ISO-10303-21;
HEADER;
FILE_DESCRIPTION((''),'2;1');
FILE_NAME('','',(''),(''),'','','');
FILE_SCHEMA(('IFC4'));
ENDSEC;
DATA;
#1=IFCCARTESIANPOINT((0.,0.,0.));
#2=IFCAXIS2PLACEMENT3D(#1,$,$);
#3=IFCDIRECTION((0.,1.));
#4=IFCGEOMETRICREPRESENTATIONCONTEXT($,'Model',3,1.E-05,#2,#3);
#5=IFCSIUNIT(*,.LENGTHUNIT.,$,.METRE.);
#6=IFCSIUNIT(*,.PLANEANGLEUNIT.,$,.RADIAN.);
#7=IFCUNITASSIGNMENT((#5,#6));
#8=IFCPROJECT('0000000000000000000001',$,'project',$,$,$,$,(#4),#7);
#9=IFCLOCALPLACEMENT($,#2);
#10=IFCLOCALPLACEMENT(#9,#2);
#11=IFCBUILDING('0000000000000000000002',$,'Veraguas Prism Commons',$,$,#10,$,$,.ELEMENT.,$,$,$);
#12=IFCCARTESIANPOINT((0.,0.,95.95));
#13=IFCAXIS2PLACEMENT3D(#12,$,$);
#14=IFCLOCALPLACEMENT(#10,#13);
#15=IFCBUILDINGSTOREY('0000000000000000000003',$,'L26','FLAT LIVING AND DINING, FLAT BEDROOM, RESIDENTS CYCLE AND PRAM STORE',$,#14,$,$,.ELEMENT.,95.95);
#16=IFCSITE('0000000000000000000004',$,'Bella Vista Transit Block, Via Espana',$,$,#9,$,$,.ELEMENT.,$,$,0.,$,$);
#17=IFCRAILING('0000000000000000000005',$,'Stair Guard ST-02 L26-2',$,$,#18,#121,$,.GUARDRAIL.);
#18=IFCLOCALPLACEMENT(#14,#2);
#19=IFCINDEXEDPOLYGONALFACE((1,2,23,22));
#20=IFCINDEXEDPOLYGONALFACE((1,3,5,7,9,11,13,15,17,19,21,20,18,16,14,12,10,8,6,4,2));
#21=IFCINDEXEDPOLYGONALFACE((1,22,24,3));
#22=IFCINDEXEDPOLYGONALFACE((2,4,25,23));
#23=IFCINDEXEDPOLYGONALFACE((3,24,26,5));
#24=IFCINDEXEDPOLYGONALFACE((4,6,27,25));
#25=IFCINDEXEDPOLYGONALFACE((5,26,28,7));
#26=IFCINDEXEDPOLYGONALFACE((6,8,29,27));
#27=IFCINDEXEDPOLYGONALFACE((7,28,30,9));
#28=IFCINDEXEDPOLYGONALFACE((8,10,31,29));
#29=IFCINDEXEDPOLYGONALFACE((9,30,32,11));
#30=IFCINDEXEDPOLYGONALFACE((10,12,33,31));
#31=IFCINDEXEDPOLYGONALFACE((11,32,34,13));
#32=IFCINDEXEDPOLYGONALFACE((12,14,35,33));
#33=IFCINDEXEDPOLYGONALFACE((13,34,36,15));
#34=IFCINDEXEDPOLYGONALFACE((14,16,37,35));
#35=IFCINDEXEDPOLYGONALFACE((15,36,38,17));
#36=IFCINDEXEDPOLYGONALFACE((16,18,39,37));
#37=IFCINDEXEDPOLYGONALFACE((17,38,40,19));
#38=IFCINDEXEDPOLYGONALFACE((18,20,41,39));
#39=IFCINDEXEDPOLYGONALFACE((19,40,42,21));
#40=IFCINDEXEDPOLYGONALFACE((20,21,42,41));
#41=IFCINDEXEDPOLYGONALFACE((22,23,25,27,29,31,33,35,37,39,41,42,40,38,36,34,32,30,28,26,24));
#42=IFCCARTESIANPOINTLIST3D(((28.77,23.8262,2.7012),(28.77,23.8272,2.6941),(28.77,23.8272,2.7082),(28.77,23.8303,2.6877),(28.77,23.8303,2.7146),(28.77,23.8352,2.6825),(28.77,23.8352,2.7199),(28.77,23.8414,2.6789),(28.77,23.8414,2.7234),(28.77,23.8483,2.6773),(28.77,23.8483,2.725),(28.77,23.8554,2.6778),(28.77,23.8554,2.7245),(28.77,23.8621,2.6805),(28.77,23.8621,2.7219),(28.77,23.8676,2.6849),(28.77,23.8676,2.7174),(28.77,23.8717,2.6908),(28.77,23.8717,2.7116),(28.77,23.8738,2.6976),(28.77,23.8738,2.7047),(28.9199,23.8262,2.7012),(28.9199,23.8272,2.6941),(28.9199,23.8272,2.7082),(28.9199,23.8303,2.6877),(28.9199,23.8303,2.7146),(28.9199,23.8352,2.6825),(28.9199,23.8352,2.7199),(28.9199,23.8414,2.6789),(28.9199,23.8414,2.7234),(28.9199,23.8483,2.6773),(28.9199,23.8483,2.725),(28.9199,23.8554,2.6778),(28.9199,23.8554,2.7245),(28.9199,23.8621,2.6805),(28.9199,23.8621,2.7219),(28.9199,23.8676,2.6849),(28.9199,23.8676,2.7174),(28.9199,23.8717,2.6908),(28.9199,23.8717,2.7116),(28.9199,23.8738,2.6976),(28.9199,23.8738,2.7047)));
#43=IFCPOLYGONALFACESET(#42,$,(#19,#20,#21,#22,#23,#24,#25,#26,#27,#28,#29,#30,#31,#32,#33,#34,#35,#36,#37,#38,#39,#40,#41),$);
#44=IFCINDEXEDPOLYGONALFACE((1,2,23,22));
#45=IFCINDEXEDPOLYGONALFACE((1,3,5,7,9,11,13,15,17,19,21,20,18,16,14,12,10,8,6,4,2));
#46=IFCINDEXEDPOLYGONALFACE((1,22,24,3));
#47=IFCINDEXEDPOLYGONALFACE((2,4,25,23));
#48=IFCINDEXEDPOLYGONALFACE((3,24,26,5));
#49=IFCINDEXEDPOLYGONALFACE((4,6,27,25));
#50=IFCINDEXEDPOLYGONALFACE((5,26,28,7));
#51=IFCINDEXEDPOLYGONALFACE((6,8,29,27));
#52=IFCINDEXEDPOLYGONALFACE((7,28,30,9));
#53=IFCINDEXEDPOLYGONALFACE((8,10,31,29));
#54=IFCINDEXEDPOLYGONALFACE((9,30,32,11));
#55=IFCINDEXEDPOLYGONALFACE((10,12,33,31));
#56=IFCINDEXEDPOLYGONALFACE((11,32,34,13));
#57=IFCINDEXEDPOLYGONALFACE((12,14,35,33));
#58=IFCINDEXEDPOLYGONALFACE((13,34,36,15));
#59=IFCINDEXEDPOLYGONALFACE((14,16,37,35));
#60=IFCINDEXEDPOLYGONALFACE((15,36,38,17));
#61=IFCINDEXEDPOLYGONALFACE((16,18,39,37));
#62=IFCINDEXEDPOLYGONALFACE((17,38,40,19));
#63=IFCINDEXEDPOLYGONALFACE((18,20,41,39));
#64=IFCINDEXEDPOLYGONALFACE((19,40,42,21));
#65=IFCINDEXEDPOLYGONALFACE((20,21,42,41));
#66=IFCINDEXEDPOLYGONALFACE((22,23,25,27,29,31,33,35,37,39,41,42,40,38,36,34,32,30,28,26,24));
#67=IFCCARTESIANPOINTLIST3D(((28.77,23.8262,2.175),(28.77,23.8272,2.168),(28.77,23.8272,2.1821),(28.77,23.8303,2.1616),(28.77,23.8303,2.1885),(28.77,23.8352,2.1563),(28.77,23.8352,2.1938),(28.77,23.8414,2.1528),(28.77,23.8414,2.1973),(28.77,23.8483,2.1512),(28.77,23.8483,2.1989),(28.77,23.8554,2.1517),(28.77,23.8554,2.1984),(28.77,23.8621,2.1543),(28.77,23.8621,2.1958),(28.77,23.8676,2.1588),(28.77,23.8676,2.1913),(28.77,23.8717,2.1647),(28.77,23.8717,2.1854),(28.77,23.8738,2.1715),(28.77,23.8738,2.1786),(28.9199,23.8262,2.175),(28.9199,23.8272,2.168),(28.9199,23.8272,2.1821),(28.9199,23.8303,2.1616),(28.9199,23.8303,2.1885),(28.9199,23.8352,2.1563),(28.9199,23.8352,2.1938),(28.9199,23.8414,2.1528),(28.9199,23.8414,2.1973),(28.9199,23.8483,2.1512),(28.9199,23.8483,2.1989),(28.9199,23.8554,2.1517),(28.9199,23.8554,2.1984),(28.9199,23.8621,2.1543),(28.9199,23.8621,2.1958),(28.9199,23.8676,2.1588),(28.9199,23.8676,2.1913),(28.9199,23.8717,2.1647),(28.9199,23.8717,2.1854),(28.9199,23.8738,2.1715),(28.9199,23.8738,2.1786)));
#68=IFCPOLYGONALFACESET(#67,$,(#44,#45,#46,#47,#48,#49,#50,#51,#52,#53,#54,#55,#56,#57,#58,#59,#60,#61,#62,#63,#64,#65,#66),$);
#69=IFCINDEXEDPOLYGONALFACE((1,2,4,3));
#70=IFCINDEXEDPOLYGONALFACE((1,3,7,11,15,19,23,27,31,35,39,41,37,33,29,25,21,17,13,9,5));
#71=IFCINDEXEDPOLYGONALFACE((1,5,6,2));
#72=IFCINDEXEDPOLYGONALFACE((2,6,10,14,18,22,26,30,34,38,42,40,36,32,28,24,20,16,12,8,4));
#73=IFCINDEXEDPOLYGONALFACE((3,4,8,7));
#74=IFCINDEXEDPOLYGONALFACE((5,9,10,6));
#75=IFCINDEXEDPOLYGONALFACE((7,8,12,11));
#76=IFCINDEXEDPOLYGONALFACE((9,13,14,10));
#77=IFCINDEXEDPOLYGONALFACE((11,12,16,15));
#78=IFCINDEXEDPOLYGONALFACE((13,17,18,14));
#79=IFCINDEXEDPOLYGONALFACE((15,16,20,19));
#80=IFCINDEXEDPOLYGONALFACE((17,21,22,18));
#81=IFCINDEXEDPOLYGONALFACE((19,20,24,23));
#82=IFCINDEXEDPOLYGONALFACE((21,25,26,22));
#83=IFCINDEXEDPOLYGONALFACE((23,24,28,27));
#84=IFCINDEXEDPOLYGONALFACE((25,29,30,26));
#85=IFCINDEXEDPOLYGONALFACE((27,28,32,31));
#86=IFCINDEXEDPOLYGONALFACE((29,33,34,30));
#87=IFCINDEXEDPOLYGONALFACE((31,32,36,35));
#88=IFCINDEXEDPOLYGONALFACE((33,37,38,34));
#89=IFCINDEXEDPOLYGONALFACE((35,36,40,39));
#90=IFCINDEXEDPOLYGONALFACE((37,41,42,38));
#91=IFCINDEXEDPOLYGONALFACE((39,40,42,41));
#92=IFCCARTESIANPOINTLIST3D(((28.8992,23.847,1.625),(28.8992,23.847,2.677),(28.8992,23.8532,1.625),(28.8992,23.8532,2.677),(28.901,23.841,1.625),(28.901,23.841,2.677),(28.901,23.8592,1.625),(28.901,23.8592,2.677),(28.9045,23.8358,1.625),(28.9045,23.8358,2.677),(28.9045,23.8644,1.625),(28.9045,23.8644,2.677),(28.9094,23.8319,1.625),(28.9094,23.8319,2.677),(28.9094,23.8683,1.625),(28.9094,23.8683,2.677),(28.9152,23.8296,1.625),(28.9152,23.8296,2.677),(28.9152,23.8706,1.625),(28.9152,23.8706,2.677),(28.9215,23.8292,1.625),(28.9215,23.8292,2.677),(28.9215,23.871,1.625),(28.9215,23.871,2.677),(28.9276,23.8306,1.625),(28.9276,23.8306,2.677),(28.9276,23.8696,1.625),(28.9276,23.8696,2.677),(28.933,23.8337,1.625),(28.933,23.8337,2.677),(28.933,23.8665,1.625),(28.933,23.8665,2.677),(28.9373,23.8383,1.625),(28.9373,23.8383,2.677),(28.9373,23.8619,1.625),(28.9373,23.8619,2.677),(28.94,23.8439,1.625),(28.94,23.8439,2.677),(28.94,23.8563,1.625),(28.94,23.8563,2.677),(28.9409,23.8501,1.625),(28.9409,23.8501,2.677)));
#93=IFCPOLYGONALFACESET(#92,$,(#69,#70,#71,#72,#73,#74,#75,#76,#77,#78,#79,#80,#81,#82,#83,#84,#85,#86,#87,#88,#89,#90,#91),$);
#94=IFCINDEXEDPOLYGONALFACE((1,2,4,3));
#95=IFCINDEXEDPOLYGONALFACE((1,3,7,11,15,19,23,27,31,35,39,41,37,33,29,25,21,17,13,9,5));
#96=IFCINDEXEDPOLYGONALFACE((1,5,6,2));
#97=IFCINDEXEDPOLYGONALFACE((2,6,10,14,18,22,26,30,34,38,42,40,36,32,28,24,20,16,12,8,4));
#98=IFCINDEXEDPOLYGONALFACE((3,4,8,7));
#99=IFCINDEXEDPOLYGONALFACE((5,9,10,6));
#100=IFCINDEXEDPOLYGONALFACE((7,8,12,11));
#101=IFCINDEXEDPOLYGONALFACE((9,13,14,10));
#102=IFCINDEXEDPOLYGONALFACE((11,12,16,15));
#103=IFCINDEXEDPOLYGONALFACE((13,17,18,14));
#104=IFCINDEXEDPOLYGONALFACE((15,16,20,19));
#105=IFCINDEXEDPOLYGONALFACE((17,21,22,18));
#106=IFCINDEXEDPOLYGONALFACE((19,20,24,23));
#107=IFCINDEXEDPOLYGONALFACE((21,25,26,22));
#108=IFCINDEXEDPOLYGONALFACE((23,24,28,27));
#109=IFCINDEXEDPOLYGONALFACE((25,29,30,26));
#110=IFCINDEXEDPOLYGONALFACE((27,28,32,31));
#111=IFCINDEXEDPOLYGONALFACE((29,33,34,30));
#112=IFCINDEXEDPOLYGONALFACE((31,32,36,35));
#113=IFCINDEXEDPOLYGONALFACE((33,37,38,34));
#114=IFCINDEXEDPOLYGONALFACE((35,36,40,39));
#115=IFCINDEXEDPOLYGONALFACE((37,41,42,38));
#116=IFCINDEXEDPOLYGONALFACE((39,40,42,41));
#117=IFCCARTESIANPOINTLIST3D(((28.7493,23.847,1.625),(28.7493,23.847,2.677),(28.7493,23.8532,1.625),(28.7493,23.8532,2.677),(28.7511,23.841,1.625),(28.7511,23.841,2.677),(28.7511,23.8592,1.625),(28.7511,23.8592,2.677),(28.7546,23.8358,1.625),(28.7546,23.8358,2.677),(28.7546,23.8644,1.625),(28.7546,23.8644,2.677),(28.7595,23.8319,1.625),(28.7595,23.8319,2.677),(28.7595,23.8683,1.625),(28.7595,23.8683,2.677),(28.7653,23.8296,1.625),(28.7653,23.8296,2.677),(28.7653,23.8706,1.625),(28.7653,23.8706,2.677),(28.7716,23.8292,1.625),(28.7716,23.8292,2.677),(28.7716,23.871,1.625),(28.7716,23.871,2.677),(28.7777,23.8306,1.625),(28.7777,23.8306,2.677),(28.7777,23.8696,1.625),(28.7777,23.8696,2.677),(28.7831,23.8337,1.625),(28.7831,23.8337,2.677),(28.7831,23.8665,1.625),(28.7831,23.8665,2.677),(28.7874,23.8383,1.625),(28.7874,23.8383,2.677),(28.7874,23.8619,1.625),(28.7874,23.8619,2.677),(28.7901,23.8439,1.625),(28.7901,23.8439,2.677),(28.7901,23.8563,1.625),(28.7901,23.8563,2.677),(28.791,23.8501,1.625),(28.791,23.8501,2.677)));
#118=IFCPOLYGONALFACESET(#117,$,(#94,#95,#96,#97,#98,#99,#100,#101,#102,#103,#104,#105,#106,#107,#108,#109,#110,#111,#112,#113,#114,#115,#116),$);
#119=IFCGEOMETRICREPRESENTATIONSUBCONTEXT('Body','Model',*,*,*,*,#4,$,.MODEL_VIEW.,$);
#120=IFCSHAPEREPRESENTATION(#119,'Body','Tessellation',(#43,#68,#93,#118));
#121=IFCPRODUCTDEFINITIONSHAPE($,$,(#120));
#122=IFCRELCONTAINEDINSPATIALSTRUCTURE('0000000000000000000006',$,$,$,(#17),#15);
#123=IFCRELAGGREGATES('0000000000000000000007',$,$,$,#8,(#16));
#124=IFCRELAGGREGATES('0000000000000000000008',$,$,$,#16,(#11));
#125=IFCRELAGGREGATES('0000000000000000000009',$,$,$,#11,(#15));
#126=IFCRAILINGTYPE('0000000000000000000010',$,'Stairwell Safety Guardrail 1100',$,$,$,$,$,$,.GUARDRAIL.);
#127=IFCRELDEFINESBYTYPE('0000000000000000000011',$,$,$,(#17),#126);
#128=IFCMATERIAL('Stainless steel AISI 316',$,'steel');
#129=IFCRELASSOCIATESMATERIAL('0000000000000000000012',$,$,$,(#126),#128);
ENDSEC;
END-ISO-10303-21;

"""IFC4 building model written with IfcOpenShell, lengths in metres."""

from ifc_helpers import new_model, si_unit, direction, frame, origin, origin_2d, place, context, subcontext, project, spatial, circle, extrude, material, type_object, element, save


model = new_model("IFC4")

# Units and contexts
model_context = context("Model", 3, precision=1e-05, world=origin(), true_north=direction((0.0, 1.0)))
body_context = subcontext(model_context, "Body", "Model", "MODEL_VIEW")
ifc_project = project(units=[si_unit("LENGTHUNIT", "METRE"), si_unit("PLANEANGLEUNIT", "RADIAN")], contexts=[model_context])

# Site, building, storey
site_placement = place(None, origin())
site = spatial("IfcSite", under=ifc_project, at=site_placement, Name="Bella Vista Transit Block, Via Espana", CompositionType="ELEMENT", RefElevation=0.0)
building_placement = place(site_placement, origin())
building = spatial("IfcBuilding", under=site, at=building_placement, Name="Veraguas Prism Commons", CompositionType="ELEMENT")
storey_placement = place(building_placement, frame((0.0, 0.0, 95.95)))
storey = spatial("IfcBuildingStorey", under=building, at=storey_placement, Name="L26", Description="FLAT LIVING AND DINING, FLAT BEDROOM, RESIDENTS CYCLE AND PRAM STORE", CompositionType="ELEMENT", Elevation=95.95)

# Shared definitions
ifc_material_1 = material(Name="Stainless steel AISI 316", Category="steel")

# Railing
railing_type_1 = type_object("IfcRailingType", Name="Stairwell Safety Guardrail 1100", PredefinedType="GUARDRAIL", material=ifc_material_1)
railing_1_placement = place(storey_placement, frame((28.9199, 23.8501, 1.625)))
element("IfcRailing", 1, at=railing_1_placement, inside=storey, type_object=railing_type_1, Name="Stair Guard ST-02 L26-2", PredefinedType="GUARDRAIL", context=body_context, shape_type="SweptSolid", body=[
    extrude(circle(Radius=0.0239, at=origin_2d()), frame((0.0, 0.0, 1.0762), z_axis=(-1.0, 0.0, 0.0), x_axis=(0.0, -1.0, 0.0)), (0.0, 0.0, 1.0), 0.1499),
    extrude(circle(Radius=0.0239, at=origin_2d()), frame((0.0, 0.0, 0.55), z_axis=(-1.0, 0.0, 0.0), x_axis=(0.0, -1.0, 0.0)), (0.0, 0.0, 1.0), 0.1499),
    extrude(circle(Radius=0.021, at=origin_2d()), origin(), (0.0, 0.0, 1.0), 1.052),
    extrude(circle(Radius=0.021, at=origin_2d()), frame((-0.1499, 0.0, 0.0)), (0.0, 0.0, 1.0), 1.052),
])

save(model, "model.ifc")
